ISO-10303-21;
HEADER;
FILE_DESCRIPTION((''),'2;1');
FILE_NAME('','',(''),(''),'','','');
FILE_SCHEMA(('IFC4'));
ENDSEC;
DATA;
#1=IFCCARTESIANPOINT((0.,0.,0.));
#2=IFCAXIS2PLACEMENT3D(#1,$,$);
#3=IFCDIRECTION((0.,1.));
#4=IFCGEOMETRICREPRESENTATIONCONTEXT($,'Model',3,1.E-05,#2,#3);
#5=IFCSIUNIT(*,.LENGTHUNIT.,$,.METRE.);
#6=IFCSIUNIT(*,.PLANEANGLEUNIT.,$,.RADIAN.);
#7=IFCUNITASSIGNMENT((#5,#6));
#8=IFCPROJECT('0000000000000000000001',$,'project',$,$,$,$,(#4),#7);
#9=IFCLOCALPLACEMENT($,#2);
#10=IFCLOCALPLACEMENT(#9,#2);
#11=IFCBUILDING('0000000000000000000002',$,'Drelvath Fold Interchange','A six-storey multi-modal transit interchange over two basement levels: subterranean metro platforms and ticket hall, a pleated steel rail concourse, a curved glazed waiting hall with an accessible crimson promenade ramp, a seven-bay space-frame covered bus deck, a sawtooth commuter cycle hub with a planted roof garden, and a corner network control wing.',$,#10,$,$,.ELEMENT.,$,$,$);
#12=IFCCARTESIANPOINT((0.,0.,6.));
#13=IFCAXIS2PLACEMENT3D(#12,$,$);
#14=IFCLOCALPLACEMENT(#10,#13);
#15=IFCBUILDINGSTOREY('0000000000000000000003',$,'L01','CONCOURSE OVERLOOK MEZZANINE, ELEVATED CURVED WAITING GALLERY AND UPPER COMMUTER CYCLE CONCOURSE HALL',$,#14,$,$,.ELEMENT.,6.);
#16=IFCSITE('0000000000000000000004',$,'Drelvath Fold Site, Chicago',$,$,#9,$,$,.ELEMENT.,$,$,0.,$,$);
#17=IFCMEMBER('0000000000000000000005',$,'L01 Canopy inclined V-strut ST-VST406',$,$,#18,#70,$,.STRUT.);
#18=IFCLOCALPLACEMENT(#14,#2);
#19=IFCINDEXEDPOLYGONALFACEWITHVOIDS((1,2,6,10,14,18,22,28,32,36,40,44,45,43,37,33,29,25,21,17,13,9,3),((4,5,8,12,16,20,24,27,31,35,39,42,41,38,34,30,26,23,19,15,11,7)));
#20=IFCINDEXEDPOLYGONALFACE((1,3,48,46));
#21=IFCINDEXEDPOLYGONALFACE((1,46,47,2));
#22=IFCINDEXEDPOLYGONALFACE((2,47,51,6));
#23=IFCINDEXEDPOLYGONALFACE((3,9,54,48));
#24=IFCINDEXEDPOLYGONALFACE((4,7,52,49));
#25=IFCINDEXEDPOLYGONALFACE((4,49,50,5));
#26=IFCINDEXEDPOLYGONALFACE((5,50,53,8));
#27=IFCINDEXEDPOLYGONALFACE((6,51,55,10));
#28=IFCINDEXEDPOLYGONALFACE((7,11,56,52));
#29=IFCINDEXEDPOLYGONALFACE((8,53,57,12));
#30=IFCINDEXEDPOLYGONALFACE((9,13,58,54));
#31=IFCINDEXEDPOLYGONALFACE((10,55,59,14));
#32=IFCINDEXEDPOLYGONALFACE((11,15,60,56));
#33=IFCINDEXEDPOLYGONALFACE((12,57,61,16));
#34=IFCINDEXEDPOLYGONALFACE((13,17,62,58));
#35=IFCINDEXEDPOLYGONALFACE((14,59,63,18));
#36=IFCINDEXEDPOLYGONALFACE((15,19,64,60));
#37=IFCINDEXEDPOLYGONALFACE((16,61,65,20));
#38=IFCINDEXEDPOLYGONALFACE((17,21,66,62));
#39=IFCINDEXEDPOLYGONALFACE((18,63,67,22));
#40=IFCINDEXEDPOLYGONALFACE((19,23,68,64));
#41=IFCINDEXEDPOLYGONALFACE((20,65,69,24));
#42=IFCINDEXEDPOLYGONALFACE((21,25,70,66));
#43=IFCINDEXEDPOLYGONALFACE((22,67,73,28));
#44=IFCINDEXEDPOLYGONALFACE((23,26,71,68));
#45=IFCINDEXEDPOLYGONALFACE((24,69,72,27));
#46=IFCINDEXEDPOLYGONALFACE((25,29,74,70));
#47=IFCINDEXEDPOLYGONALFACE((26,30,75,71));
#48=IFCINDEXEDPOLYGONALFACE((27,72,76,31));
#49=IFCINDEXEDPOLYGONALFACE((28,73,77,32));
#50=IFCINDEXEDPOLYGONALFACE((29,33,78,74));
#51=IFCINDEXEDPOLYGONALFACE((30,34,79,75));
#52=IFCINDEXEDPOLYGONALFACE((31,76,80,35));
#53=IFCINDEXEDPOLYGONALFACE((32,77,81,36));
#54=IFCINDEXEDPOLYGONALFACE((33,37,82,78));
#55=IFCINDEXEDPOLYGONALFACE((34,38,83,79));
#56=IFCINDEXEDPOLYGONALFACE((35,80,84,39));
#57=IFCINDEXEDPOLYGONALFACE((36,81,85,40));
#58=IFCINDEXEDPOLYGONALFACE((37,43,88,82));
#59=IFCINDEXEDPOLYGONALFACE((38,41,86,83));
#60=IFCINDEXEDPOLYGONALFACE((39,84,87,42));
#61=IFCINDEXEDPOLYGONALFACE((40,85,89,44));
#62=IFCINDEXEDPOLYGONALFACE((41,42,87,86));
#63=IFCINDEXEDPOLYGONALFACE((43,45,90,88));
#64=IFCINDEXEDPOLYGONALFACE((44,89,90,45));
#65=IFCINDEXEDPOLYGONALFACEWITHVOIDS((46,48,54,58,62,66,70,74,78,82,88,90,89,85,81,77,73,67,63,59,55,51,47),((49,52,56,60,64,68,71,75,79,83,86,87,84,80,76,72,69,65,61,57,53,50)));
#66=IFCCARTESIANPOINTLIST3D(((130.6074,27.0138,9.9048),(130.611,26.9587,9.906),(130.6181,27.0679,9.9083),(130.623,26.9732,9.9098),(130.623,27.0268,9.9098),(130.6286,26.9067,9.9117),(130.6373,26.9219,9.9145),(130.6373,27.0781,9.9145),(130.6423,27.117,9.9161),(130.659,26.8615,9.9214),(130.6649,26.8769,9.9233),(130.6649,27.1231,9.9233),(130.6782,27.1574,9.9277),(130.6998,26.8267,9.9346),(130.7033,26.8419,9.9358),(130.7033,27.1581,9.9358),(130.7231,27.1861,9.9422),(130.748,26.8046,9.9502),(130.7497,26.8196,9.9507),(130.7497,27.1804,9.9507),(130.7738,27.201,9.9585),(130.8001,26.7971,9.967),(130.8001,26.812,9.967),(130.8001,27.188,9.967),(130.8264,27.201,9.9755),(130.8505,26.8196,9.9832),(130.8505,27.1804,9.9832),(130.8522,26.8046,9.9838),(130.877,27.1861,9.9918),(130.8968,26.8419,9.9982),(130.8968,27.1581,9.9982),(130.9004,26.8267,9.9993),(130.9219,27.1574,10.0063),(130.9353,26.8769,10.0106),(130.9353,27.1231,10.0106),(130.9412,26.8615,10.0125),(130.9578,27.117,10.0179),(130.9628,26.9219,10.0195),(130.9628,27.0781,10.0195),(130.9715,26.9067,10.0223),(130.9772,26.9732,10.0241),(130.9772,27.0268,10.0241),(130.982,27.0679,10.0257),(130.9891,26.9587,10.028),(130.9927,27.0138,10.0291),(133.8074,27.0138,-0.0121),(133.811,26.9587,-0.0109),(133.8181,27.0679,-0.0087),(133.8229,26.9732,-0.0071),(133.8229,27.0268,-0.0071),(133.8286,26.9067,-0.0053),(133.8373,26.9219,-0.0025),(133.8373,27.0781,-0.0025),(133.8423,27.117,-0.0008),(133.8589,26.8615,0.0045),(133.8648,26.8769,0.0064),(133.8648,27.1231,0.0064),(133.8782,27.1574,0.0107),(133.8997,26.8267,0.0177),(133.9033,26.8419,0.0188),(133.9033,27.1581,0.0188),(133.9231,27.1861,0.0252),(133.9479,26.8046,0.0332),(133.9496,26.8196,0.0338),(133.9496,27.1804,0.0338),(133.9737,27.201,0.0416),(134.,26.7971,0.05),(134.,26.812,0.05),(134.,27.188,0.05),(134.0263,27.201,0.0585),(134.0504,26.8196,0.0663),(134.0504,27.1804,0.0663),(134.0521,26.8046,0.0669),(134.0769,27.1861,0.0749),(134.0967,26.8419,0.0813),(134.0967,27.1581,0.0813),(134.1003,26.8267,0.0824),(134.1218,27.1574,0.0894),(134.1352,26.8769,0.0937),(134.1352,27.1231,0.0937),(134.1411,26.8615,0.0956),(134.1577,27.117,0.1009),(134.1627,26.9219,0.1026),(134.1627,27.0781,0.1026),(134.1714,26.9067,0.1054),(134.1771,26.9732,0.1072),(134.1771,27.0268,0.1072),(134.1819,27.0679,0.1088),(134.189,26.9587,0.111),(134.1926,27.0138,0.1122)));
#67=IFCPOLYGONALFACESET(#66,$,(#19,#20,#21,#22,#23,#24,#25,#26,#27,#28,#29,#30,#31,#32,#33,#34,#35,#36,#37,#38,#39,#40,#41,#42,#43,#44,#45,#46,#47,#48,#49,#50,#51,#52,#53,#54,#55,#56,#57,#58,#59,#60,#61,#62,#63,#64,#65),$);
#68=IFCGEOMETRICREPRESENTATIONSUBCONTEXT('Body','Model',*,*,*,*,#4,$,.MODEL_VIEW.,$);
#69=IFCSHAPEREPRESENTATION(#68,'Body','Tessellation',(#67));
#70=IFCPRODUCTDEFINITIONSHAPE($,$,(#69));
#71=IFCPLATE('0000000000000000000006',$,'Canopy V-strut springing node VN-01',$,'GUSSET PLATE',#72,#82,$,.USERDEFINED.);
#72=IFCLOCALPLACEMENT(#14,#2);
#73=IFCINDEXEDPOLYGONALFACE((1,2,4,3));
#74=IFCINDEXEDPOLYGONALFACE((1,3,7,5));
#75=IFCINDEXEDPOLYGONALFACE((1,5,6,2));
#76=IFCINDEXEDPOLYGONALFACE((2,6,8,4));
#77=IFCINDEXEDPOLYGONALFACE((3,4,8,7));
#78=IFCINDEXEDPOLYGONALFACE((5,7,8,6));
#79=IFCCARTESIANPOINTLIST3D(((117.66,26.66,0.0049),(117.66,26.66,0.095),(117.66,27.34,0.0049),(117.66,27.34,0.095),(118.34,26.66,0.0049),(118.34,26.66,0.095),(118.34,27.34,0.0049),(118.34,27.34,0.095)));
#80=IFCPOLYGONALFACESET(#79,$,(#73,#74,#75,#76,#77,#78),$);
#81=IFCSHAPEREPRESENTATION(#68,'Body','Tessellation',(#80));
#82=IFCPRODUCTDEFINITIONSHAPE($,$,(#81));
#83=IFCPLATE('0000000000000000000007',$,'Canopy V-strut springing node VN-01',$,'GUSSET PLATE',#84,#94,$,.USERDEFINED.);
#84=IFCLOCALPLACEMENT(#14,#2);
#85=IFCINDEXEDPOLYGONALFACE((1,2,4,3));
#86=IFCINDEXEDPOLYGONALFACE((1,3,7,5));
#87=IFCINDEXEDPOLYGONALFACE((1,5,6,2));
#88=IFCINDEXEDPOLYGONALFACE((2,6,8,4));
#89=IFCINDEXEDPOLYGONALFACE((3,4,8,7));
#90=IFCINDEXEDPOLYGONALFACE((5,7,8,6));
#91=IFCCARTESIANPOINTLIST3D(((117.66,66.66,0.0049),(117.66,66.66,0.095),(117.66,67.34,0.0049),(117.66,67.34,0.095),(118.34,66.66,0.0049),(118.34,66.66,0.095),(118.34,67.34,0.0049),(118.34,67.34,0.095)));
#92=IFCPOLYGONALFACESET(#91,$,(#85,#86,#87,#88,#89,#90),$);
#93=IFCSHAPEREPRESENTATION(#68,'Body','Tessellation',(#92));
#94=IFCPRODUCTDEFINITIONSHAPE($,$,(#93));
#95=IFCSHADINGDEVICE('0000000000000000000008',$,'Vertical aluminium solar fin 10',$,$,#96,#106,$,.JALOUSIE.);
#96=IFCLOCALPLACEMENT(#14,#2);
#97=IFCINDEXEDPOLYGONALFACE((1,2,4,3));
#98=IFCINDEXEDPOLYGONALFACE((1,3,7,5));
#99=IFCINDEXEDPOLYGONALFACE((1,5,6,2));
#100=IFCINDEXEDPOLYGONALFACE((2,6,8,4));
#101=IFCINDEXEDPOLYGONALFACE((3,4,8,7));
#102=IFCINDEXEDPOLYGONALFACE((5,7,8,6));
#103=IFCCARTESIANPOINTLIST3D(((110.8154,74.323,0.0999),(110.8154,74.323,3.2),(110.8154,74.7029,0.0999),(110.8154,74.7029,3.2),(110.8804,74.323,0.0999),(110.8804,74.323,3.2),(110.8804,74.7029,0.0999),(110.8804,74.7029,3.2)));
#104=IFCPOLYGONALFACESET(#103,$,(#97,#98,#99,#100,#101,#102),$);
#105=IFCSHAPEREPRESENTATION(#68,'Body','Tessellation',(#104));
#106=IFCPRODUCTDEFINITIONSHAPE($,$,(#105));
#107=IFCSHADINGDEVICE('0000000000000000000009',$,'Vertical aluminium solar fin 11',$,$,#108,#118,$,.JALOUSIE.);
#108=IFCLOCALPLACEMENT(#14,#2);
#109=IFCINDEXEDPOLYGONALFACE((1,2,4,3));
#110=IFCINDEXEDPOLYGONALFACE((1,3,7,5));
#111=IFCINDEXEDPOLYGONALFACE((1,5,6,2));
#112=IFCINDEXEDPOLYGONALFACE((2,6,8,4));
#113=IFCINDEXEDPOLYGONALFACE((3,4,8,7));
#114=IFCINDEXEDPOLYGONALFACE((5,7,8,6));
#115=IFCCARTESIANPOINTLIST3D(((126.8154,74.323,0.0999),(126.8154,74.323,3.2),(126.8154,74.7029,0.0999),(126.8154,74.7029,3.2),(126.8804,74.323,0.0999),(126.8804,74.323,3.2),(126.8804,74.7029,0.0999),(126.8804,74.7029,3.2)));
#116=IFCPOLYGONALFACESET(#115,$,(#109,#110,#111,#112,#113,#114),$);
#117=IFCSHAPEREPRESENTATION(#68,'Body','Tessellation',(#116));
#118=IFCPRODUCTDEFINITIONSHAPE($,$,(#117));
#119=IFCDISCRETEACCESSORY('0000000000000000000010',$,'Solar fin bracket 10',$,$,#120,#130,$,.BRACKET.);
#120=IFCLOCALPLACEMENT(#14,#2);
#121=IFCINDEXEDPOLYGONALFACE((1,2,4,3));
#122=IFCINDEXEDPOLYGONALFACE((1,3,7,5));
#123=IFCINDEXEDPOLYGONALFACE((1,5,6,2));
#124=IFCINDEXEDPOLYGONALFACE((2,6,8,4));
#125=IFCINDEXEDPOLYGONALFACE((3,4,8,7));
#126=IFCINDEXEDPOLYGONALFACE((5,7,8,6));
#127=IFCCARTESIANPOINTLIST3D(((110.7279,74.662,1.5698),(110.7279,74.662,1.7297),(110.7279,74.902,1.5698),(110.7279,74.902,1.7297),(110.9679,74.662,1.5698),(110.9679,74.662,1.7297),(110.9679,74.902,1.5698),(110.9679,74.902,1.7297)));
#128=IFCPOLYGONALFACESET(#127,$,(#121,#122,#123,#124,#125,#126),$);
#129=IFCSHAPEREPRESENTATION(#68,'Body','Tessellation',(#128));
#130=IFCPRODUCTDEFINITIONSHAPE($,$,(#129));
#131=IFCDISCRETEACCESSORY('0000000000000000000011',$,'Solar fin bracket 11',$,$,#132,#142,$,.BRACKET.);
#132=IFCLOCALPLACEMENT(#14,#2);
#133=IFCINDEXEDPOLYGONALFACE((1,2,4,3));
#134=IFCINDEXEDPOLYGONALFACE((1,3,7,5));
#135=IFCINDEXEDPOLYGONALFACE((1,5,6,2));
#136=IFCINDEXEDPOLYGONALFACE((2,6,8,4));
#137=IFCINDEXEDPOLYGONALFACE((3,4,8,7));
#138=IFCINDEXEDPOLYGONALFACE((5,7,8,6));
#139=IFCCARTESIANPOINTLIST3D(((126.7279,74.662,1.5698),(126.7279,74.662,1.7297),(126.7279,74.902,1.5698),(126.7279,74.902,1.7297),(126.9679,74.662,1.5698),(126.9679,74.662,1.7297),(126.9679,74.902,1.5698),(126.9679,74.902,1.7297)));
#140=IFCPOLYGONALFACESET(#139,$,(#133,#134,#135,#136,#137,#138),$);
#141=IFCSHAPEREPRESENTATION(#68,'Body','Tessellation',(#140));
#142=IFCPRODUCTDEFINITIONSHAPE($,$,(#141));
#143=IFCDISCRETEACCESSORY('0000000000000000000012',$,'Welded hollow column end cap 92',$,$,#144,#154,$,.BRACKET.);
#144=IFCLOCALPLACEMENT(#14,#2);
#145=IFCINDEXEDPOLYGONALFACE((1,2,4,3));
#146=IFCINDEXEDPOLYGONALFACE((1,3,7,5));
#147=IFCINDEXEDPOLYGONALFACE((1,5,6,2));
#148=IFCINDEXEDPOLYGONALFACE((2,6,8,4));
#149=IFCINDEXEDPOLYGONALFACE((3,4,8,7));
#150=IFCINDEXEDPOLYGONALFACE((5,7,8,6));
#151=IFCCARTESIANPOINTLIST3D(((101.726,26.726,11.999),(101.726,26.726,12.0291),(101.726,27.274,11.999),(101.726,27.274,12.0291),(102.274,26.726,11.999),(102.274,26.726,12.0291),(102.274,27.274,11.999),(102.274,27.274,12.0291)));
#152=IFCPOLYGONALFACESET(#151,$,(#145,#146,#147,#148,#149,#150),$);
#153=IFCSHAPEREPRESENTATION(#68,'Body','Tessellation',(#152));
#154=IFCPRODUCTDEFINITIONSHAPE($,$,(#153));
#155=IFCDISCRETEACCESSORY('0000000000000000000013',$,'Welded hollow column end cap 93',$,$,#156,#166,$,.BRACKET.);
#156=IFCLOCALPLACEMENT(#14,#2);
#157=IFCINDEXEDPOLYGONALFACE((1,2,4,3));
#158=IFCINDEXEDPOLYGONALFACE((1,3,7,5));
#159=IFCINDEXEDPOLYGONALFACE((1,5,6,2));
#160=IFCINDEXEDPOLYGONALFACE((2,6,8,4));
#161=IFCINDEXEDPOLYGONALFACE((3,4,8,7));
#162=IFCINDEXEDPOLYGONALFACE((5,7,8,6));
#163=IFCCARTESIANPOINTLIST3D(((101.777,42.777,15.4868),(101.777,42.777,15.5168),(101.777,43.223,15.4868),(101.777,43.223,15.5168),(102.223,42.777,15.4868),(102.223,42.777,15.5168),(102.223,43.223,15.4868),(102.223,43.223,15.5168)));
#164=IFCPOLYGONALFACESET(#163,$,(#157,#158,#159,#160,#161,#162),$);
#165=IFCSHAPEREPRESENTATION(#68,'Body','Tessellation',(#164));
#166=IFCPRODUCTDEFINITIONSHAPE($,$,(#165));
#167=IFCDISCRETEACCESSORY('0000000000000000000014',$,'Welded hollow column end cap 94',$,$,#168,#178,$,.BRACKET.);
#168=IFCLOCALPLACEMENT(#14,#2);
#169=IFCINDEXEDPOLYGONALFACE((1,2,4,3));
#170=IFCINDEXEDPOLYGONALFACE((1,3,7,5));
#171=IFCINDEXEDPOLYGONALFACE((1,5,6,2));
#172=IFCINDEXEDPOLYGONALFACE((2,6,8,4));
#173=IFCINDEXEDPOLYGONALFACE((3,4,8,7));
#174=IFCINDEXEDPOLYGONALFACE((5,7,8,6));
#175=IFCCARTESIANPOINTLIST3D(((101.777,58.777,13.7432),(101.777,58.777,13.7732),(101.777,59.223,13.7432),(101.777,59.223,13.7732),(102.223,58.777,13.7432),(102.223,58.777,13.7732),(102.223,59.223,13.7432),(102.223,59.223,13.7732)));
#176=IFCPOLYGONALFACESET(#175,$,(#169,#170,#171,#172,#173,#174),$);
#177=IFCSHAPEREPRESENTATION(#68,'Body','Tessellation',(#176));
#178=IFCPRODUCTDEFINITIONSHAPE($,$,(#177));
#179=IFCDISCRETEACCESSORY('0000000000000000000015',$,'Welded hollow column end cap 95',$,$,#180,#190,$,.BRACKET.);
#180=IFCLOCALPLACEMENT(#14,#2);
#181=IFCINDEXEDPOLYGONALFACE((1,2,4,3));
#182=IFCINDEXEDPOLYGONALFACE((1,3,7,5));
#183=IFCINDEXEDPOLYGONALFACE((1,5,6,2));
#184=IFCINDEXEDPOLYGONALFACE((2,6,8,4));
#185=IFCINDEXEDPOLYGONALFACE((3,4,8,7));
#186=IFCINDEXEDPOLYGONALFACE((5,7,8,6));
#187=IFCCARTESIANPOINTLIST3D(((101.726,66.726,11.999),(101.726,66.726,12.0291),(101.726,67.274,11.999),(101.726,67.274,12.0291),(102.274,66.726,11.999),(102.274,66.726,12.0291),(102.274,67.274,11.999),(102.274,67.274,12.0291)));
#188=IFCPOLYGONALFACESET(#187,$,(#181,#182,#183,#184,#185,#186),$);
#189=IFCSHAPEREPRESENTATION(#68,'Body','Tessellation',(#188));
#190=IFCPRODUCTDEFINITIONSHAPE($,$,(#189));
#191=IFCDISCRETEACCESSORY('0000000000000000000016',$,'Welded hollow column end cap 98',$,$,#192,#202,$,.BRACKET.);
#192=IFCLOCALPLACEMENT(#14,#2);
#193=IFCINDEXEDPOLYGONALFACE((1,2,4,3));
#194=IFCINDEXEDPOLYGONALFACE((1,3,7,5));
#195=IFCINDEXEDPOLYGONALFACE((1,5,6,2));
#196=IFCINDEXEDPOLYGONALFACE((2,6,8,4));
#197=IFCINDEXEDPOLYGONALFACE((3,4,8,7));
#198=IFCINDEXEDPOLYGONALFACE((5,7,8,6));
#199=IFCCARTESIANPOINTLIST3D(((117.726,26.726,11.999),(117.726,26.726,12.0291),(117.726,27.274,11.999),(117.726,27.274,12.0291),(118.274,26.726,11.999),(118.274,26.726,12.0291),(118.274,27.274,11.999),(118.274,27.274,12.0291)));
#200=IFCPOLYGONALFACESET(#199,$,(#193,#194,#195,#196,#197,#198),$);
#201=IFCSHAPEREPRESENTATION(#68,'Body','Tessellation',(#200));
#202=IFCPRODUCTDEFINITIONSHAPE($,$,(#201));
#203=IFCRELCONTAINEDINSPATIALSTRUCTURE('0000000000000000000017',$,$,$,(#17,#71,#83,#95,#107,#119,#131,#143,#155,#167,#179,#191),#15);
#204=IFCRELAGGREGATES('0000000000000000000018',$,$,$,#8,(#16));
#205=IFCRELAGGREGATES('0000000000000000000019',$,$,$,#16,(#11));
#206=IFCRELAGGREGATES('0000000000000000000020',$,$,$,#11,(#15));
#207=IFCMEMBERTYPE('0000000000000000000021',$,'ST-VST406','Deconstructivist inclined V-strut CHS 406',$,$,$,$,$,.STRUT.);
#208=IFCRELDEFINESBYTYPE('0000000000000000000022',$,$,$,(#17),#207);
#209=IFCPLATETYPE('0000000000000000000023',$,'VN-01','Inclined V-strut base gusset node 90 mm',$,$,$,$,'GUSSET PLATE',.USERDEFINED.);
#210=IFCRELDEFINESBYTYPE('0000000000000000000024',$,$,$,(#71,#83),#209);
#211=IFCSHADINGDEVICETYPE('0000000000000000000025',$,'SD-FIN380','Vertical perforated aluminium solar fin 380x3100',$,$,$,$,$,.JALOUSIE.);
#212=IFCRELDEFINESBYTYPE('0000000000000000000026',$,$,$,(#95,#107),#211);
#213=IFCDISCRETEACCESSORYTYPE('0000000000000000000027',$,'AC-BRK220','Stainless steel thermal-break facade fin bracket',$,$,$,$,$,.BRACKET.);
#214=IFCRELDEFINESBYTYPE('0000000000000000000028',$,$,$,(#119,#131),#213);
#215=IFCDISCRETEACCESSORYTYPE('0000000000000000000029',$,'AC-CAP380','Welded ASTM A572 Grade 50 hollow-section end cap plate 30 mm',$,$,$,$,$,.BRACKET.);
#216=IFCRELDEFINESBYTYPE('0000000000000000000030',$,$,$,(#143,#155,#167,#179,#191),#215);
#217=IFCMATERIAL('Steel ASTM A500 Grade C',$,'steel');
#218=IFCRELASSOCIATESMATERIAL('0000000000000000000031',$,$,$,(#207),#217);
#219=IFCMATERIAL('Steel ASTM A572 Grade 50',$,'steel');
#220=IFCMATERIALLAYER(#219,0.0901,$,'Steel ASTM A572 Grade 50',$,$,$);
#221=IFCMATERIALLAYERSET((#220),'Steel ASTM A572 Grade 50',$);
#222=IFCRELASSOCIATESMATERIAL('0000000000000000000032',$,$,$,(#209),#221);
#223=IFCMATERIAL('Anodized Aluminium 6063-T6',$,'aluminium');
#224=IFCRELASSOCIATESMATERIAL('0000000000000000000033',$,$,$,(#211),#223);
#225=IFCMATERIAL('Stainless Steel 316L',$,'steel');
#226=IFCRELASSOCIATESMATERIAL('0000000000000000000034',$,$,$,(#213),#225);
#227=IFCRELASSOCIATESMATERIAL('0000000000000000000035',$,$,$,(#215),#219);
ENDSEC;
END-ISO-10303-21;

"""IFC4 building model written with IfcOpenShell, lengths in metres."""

from ifc_helpers import new_model, si_unit, direction, frame, origin, origin_2d, place, context, subcontext, project, spatial, rectangle, hollow_circle, extrude, material, layer, layer_set, material_profile, profile_set, type_object, element, save


model = new_model("IFC4")

# Units and contexts
model_context = context("Model", 3, precision=1e-05, world=origin(), true_north=direction((0.0, 1.0)))
body_context = subcontext(model_context, "Body", "Model", "MODEL_VIEW")
ifc_project = project(units=[si_unit("LENGTHUNIT", "METRE"), si_unit("PLANEANGLEUNIT", "RADIAN")], contexts=[model_context])

# Site, building, storey
site_placement = place(None, origin())
site = spatial("IfcSite", under=ifc_project, at=site_placement, Name="Drelvath Fold Site, Chicago", CompositionType="ELEMENT", RefElevation=0.0)
building_placement = place(site_placement, origin())
building = spatial("IfcBuilding", under=site, at=building_placement, Name="Drelvath Fold Interchange", Description="A six-storey multi-modal transit interchange over two basement levels: subterranean metro platforms and ticket hall, a pleated steel rail concourse, a curved glazed waiting hall with an accessible crimson promenade ramp, a seven-bay space-frame covered bus deck, a sawtooth commuter cycle hub with a planted roof garden, and a corner network control wing.", CompositionType="ELEMENT")
storey_placement = place(building_placement, frame((0.0, 0.0, 6.0)))
storey = spatial("IfcBuildingStorey", under=building, at=storey_placement, Name="L01", Description="CONCOURSE OVERLOOK MEZZANINE, ELEVATED CURVED WAITING GALLERY AND UPPER COMMUTER CYCLE CONCOURSE HALL", CompositionType="ELEMENT", Elevation=6.0)

# Shared definitions
ifc_material_1 = material(Name="Steel ASTM A500 Grade C", Category="steel")

# Member
ifc_material_profile_1 = material_profile(ifc_material_1, hollow_circle(Radius=0.2029, WallThickness=0.0149, at=origin_2d()), Name="HSS16.000X0.625")
ifc_profile_set_1 = profile_set([ifc_material_profile_1], Name="Steel ASTM A500 Grade C")
member_type = type_object("IfcMemberType", Name="ST-VST406", Description="Deconstructivist inclined V-strut CHS 406", PredefinedType="STRUT", material=ifc_profile_set_1)
member_placement = place(storey_placement, frame((134.0, 27.0, 0.05), z_axis=(-0.307083, 0.0, 0.951683), x_axis=(0.0, -1.0, 0.0)))
element("IfcMember", 1, at=member_placement, inside=storey, type_object=member_type, Name="L01 Canopy inclined V-strut ST-VST406", PredefinedType="STRUT", context=body_context, shape_type="SweptSolid", body=[
    extrude(hollow_circle(Radius=0.2029, WallThickness=0.0149, at=origin_2d()), origin(), (0.0, 0.0, 1.0), 10.4204),
])

# Plates
ifc_material_2 = material(Name="Steel ASTM A572 Grade 50", Category="steel")
ifc_layer = layer(ifc_material_2, 0.0901, Name="Steel ASTM A572 Grade 50")
ifc_layer_set = layer_set([ifc_layer], Name="Steel ASTM A572 Grade 50")
plate_type = type_object("IfcPlateType", Name="VN-01", Description="Inclined V-strut base gusset node 90 mm", ElementType="GUSSET PLATE", PredefinedType="USERDEFINED", material=ifc_layer_set)
for number, where, z_axis, x_axis, name in (
    (2, (118.0, 27.0, 0.0049), (0.0, 0.0, 1.0), (1.0, 0.0, 0.0), "Canopy V-strut springing node VN-01"),
    (3, (118.0, 67.0, 0.0049), (0.0, 0.0, 1.0), (1.0, 0.0, 0.0), "Canopy V-strut springing node VN-01"),
):
    element("IfcPlate", number, at=place(storey_placement, frame(where, z_axis=z_axis, x_axis=x_axis)), inside=storey, type_object=plate_type, Name=name, ObjectType="GUSSET PLATE", PredefinedType="USERDEFINED", context=body_context, shape_type="SweptSolid", body=[
        extrude(rectangle(XDim=0.6799, YDim=0.6799, at=origin_2d()), origin(), (0.0, 0.0, 1.0), 0.0901),
    ])

# Shading devices
ifc_material_3 = material(Name="Anodized Aluminium 6063-T6", Category="aluminium")
shading_device_type = type_object("IfcShadingDeviceType", Name="SD-FIN380", Description="Vertical perforated aluminium solar fin 380x3100", PredefinedType="JALOUSIE", material=ifc_material_3)
for number, where, z_axis, x_axis, name in (
    (4, (110.8479, 74.5129, 0.0999), (0.0, 0.0, 1.0), (0.0, 1.0, 0.0), "Vertical aluminium solar fin 10"),
    (5, (126.8479, 74.5129, 0.0999), (0.0, 0.0, 1.0), (0.0, 1.0, 0.0), "Vertical aluminium solar fin 11"),
):
    element("IfcShadingDevice", number, at=place(storey_placement, frame(where, z_axis=z_axis, x_axis=x_axis)), inside=storey, type_object=shading_device_type, Name=name, PredefinedType="JALOUSIE", context=body_context, shape_type="SweptSolid", body=[
        extrude(rectangle(XDim=0.3799, YDim=0.0649, at=origin_2d()), origin(), (0.0, 0.0, 1.0), 3.1001),
    ])

# Discrete accessories
ifc_material_4 = material(Name="Stainless Steel 316L", Category="steel")
discrete_accessory_type_1 = type_object("IfcDiscreteAccessoryType", Name="AC-BRK220", Description="Stainless steel thermal-break facade fin bracket", PredefinedType="BRACKET", material=ifc_material_4)
for number, where, z_axis, x_axis, name in (
    (6, (110.8479, 74.782, 1.5698), (0.0, 0.0, 1.0), (0.0, 1.0, 0.0), "Solar fin bracket 10"),
    (7, (126.8479, 74.782, 1.5698), (0.0, 0.0, 1.0), (0.0, 1.0, 0.0), "Solar fin bracket 11"),
):
    element("IfcDiscreteAccessory", number, at=place(storey_placement, frame(where, z_axis=z_axis, x_axis=x_axis)), inside=storey, type_object=discrete_accessory_type_1, Name=name, PredefinedType="BRACKET", context=body_context, shape_type="SweptSolid", body=[
        extrude(rectangle(XDim=0.24, YDim=0.24, at=origin_2d()), origin(), (0.0, 0.0, 1.0), 0.1599),
    ])
discrete_accessory_type_2 = type_object("IfcDiscreteAccessoryType", Name="AC-CAP380", Description="Welded ASTM A572 Grade 50 hollow-section end cap plate 30 mm", PredefinedType="BRACKET", material=ifc_material_2)
discrete_accessory_1_placement = place(storey_placement, frame((102.0, 27.0, 11.999), z_axis=(0.0, 0.0, 1.0), x_axis=(1.0, 0.0, 0.0)))
element("IfcDiscreteAccessory", 8, at=discrete_accessory_1_placement, inside=storey, type_object=discrete_accessory_type_2, Name="Welded hollow column end cap 92", PredefinedType="BRACKET", context=body_context, shape_type="SweptSolid", body=[
    extrude(rectangle(XDim=0.5481, YDim=0.5481, at=origin_2d()), origin(), (0.0, 0.0, 1.0), 0.03),
])
for number, where, z_axis, x_axis, name in (
    (9, (102.0, 43.0, 15.4868), (0.0, 0.0, 1.0), (1.0, 0.0, 0.0), "Welded hollow column end cap 93"),
    (10, (102.0, 59.0, 13.7432), (0.0, 0.0, 1.0), (1.0, 0.0, 0.0), "Welded hollow column end cap 94"),
):
    element("IfcDiscreteAccessory", number, at=place(storey_placement, frame(where, z_axis=z_axis, x_axis=x_axis)), inside=storey, type_object=discrete_accessory_type_2, Name=name, PredefinedType="BRACKET", context=body_context, shape_type="SweptSolid", body=[
        extrude(rectangle(XDim=0.446, YDim=0.446, at=origin_2d()), origin(), (0.0, 0.0, 1.0), 0.03),
    ])
for number, where, z_axis, x_axis, name in (
    (11, (102.0, 67.0, 11.999), (0.0, 0.0, 1.0), (1.0, 0.0, 0.0), "Welded hollow column end cap 95"),
    (12, (118.0, 27.0, 11.999), (0.0, 0.0, 1.0), (1.0, 0.0, 0.0), "Welded hollow column end cap 98"),
):
    element("IfcDiscreteAccessory", number, at=place(storey_placement, frame(where, z_axis=z_axis, x_axis=x_axis)), inside=storey, type_object=discrete_accessory_type_2, Name=name, PredefinedType="BRACKET", context=body_context, shape_type="SweptSolid", body=[
        extrude(rectangle(XDim=0.5481, YDim=0.5481, at=origin_2d()), origin(), (0.0, 0.0, 1.0), 0.03),
    ])

save(model, "model.ifc")
